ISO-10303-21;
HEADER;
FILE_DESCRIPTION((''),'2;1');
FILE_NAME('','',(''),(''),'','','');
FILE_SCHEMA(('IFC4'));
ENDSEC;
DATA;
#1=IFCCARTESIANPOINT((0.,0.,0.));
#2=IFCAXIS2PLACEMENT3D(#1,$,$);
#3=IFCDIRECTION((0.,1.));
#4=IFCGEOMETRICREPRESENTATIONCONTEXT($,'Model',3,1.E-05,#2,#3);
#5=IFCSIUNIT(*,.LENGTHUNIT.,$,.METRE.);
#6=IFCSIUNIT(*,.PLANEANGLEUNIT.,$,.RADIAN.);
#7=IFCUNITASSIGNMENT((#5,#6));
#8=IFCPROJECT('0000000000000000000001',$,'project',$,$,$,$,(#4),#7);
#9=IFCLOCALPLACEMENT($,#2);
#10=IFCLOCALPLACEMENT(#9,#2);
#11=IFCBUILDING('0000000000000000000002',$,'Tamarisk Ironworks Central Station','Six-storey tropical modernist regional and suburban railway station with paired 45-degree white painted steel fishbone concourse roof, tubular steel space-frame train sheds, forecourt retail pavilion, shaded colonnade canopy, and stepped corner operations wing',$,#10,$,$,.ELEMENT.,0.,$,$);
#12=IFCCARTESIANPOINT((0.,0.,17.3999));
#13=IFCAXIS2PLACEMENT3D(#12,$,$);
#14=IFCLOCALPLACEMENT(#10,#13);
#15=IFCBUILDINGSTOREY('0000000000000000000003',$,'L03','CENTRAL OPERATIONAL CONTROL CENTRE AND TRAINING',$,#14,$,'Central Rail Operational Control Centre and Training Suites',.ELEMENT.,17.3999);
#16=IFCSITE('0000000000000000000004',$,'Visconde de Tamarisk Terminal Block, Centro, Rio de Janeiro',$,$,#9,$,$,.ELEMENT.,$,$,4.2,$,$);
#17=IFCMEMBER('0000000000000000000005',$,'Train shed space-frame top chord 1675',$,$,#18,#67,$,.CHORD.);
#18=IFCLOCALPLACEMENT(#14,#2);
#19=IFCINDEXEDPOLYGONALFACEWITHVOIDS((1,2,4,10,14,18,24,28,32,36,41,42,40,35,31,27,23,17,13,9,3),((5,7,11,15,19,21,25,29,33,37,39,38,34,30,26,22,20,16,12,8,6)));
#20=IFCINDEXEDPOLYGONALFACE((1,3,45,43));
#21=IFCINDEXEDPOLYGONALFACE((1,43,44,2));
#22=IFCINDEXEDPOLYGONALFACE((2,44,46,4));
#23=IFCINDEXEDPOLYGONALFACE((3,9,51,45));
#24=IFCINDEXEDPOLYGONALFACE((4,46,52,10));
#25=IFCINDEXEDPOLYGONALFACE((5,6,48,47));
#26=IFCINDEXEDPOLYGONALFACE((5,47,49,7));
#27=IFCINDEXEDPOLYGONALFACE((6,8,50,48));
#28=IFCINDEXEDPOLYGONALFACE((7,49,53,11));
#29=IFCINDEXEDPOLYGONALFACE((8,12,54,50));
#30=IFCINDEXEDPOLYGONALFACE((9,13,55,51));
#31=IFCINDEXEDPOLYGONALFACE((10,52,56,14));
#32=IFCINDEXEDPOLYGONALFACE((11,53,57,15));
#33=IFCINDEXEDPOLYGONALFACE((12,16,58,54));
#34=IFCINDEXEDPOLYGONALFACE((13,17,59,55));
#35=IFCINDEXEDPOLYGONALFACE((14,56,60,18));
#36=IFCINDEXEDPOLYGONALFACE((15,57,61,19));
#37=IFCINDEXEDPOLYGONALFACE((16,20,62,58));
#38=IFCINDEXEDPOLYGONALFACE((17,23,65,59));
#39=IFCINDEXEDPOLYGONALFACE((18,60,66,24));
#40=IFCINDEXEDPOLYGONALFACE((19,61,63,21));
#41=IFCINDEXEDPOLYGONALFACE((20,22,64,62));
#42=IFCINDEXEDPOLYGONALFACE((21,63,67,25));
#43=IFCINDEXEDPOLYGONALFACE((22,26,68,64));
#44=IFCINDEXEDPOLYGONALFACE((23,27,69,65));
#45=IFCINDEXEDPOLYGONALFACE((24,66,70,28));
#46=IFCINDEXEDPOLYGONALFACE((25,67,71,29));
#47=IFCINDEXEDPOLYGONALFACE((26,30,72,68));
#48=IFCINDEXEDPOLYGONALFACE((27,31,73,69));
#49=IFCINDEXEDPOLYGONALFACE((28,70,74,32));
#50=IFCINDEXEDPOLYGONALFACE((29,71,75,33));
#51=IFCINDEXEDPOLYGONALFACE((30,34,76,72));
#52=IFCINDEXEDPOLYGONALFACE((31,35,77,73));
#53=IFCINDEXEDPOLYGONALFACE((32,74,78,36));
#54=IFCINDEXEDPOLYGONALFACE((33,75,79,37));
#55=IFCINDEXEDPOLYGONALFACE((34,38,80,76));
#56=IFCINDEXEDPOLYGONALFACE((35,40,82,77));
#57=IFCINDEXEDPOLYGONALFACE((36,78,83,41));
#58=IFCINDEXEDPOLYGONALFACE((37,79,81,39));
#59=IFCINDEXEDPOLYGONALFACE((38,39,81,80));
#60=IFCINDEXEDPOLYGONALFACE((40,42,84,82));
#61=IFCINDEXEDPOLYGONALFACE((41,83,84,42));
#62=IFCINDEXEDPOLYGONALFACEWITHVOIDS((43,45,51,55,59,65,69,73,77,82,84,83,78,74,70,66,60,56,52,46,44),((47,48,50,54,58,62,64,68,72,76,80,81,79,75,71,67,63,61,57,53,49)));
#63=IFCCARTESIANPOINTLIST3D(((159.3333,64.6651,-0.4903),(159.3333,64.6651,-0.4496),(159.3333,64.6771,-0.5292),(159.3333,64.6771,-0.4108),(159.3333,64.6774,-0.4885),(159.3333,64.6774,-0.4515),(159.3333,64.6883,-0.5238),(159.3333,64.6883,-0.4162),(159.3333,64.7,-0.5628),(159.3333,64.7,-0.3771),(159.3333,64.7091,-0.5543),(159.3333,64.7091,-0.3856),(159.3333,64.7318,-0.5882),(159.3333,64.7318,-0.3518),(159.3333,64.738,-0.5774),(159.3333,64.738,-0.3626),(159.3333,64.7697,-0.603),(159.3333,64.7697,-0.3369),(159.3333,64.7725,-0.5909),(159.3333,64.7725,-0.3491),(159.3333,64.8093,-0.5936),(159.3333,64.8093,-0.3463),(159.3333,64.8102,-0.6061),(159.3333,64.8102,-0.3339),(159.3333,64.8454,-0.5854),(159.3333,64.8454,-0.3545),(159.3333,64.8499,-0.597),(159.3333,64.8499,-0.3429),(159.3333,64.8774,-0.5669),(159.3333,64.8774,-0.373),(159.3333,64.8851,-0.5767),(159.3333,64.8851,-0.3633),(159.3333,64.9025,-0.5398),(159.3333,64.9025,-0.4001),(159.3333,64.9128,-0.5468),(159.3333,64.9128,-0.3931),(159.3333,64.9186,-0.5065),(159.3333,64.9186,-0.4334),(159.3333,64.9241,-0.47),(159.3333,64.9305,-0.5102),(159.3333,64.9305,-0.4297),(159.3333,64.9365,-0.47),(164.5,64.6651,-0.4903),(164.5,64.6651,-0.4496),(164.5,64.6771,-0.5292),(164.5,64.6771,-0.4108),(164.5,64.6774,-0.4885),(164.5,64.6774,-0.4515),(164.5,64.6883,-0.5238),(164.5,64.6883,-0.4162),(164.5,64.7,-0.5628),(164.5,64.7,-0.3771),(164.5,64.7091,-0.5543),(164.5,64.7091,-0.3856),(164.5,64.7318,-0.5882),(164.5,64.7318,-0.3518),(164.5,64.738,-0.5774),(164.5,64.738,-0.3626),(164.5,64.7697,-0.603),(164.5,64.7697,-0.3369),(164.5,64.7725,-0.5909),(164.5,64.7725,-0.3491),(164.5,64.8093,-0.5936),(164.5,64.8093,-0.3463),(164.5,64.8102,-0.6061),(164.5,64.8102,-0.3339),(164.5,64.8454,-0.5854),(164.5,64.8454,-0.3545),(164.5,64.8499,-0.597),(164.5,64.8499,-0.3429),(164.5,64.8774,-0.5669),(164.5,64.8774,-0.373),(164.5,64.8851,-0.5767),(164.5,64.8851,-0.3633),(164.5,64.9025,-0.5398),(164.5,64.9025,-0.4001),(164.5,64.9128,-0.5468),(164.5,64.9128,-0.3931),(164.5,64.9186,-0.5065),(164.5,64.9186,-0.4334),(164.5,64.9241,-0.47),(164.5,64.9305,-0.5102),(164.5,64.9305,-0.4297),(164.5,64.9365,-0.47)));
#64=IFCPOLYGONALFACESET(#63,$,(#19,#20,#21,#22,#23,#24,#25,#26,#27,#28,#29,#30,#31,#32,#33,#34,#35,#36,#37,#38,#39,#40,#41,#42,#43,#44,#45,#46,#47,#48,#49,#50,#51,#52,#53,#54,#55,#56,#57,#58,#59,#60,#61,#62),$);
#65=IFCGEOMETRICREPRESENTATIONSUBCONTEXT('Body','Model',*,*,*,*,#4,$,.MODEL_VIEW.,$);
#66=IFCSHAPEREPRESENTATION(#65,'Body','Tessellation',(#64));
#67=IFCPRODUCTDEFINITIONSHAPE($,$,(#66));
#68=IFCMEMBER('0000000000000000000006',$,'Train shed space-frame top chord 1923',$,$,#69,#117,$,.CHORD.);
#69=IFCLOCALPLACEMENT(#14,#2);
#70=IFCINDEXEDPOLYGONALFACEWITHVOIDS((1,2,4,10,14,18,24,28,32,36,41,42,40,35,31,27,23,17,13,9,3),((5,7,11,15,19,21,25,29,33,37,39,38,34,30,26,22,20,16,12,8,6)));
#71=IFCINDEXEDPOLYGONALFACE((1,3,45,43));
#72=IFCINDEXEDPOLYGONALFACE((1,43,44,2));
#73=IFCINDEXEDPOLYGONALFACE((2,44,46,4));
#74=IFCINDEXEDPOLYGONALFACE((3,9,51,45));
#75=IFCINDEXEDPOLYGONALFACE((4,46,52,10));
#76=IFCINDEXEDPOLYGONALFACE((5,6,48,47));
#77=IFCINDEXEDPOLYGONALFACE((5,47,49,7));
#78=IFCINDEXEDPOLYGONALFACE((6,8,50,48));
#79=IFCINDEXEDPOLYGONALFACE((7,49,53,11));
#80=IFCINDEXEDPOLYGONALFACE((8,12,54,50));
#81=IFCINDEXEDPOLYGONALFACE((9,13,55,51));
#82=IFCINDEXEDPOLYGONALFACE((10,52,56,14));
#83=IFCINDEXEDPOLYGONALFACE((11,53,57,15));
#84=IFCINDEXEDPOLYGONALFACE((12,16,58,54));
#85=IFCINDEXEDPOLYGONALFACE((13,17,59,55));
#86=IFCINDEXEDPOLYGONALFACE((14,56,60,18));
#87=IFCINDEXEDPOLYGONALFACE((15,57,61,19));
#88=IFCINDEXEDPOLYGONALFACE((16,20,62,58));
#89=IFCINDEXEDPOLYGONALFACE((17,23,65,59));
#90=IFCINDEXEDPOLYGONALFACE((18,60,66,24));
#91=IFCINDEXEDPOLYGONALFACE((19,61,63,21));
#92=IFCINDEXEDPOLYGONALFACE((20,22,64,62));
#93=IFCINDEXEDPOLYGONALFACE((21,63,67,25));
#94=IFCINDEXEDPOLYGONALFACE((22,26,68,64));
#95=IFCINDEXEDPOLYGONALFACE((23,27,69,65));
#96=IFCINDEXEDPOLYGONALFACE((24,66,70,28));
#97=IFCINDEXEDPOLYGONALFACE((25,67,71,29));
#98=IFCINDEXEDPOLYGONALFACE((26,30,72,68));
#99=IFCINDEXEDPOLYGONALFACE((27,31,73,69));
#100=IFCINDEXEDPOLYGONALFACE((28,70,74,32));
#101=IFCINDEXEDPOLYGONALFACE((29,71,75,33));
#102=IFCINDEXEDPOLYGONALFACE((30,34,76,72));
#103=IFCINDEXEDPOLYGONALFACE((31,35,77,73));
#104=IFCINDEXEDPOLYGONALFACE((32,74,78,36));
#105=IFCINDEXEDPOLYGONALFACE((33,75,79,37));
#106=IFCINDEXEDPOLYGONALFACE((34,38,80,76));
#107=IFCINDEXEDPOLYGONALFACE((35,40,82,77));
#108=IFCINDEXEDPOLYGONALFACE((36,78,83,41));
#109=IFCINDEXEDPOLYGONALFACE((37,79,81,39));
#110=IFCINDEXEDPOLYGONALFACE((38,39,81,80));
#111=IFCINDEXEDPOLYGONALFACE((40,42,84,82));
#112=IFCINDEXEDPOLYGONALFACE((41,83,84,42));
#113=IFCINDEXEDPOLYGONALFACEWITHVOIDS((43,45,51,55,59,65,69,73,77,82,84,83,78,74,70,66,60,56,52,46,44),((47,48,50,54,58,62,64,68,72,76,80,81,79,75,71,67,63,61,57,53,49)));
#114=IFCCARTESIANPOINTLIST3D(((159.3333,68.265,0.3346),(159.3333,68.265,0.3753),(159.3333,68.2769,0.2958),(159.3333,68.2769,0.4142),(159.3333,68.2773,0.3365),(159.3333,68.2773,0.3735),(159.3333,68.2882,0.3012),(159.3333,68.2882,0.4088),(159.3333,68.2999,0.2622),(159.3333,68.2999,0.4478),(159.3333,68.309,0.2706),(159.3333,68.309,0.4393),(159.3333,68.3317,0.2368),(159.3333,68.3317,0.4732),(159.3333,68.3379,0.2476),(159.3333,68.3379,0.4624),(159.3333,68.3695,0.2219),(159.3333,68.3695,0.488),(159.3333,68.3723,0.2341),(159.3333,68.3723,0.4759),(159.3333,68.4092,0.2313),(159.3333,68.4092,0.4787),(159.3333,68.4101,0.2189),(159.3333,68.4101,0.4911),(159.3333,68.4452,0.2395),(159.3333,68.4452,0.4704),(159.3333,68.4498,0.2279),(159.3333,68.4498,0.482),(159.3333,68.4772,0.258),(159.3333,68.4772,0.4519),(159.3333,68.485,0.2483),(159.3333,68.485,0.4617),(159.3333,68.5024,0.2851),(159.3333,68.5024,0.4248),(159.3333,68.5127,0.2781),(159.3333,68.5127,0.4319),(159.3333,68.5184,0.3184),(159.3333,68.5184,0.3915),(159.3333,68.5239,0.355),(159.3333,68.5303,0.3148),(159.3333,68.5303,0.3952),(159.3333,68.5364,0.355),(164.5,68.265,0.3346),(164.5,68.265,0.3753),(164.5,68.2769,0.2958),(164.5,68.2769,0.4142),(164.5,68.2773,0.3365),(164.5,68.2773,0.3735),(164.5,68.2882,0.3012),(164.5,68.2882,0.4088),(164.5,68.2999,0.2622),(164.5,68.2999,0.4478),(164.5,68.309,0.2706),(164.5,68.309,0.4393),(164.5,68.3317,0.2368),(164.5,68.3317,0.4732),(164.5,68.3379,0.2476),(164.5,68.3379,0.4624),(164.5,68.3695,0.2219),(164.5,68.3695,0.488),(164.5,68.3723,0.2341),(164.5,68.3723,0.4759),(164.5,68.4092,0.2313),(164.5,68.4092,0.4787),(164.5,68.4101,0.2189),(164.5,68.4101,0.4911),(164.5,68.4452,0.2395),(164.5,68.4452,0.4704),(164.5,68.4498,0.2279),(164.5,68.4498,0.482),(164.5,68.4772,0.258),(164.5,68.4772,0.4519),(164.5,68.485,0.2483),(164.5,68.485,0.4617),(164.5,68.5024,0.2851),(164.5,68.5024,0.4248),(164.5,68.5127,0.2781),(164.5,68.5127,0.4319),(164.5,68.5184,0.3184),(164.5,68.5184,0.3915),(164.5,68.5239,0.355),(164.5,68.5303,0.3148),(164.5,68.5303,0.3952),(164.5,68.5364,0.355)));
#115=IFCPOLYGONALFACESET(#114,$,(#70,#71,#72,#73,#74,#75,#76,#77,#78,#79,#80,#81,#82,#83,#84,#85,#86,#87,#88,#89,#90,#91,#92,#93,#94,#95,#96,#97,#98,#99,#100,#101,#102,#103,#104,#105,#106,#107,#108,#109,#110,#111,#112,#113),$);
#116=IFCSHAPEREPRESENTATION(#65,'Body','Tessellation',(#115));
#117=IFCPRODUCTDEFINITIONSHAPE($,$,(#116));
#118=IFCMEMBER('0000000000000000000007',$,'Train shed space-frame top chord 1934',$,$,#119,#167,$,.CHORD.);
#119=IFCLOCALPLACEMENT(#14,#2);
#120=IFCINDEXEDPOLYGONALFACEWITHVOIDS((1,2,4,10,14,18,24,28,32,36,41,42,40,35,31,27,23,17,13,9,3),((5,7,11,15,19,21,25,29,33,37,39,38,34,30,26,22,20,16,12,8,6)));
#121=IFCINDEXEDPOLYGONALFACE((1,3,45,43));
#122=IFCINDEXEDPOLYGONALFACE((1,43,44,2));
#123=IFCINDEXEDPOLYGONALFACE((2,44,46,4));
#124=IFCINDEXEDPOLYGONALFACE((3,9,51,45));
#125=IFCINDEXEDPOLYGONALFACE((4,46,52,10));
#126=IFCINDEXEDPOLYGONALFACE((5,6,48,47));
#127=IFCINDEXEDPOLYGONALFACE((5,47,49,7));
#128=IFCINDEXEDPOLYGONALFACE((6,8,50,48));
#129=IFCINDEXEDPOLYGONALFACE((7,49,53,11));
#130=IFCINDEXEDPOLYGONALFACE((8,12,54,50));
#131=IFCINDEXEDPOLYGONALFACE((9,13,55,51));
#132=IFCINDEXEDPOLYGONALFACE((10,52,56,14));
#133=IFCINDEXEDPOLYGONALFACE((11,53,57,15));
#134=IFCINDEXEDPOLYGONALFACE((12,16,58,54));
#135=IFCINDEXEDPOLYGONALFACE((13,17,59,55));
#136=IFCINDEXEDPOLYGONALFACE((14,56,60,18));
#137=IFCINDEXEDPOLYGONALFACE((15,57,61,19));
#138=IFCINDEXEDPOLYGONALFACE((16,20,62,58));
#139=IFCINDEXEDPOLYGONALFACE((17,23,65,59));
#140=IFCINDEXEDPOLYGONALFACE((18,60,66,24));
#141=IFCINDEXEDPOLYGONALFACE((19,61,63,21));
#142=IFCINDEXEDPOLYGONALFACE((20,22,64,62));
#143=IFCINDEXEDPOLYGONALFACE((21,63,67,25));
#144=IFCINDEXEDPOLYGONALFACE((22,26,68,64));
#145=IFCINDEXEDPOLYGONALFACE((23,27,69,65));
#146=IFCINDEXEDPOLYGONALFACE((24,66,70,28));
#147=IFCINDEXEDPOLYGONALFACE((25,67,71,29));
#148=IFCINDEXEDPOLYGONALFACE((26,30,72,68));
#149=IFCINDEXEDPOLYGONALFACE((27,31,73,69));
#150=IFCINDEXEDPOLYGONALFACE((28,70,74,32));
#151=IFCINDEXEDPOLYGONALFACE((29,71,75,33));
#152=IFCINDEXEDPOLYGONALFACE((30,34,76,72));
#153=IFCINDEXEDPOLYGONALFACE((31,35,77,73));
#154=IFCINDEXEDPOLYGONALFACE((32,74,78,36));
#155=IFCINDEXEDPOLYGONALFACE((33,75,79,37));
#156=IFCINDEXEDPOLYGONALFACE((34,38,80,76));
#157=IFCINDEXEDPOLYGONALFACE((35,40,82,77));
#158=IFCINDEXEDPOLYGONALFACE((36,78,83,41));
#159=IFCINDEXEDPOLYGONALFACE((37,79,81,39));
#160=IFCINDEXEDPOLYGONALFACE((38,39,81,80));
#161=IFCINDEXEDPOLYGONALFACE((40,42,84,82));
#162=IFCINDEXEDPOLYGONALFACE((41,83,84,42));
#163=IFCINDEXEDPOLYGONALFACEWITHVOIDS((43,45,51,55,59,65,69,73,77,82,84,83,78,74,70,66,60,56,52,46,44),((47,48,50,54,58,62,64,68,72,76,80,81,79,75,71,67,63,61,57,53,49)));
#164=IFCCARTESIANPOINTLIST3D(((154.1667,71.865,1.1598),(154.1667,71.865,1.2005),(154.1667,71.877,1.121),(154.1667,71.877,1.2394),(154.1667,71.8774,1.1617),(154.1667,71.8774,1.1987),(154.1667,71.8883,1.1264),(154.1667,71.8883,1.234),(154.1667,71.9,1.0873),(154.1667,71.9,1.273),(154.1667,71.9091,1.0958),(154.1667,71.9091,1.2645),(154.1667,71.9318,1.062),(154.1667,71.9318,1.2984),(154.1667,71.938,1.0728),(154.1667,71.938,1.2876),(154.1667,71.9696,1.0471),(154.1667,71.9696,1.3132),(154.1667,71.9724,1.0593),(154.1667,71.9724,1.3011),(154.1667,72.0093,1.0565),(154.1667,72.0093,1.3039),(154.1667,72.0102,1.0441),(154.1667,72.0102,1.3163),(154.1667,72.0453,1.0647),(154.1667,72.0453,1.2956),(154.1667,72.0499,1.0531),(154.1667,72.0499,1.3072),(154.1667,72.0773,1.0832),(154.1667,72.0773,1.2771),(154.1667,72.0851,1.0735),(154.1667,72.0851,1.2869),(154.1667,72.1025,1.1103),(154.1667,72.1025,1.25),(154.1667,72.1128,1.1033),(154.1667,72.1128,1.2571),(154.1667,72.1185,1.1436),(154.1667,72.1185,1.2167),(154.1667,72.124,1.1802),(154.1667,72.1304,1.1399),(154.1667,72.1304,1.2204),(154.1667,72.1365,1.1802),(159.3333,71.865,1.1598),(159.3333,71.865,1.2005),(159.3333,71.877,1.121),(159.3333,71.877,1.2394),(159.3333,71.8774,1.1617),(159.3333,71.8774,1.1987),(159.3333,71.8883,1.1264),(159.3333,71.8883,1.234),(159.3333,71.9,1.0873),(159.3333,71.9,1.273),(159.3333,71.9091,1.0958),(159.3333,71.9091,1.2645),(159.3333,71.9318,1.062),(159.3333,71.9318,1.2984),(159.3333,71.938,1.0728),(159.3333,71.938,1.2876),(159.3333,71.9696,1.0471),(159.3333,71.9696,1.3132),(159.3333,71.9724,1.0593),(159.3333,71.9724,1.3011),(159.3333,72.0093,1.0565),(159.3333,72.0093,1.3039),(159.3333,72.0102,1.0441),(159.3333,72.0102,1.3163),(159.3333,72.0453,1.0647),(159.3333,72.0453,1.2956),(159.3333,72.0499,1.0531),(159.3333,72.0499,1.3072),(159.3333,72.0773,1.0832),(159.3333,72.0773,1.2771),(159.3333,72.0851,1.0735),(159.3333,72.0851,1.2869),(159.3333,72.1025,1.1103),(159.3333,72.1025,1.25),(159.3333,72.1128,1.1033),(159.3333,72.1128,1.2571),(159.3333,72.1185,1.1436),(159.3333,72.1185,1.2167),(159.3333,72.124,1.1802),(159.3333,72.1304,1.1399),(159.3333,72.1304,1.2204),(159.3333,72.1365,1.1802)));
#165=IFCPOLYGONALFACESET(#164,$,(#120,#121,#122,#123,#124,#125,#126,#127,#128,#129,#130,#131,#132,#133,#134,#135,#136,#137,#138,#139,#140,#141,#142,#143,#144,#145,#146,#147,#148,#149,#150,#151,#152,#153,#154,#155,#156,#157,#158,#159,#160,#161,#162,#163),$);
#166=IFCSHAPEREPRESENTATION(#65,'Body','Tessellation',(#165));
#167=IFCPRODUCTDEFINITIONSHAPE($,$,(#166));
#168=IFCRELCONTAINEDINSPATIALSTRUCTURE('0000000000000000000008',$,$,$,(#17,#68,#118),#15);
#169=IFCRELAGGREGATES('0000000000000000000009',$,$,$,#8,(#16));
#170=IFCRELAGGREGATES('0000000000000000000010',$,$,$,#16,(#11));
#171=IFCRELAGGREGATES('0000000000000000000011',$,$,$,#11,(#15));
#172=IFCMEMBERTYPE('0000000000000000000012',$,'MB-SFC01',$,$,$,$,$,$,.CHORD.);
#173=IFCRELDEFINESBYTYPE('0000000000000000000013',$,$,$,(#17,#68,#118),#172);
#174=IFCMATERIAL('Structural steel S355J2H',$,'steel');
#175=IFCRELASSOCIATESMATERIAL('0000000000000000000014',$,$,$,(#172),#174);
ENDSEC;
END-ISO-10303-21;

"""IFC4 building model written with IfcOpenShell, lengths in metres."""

from ifc_helpers import new_model, si_unit, direction, frame, origin, origin_2d, place, context, subcontext, project, spatial, hollow_circle, extrude, material, material_profile, profile_set, type_object, element, save


model = new_model("IFC4")

# Units and contexts
model_context = context("Model", 3, precision=1e-05, world=origin(), true_north=direction((0.0, 1.0)))
body_context = subcontext(model_context, "Body", "Model", "MODEL_VIEW")
ifc_project = project(units=[si_unit("LENGTHUNIT", "METRE"), si_unit("PLANEANGLEUNIT", "RADIAN")], contexts=[model_context])

# Site, building, storey
site_placement = place(None, origin())
site = spatial("IfcSite", under=ifc_project, at=site_placement, Name="Visconde de Tamarisk Terminal Block, Centro, Rio de Janeiro", CompositionType="ELEMENT", RefElevation=4.2)
building_placement = place(site_placement, origin())
building = spatial("IfcBuilding", under=site, at=building_placement, Name="Tamarisk Ironworks Central Station", Description="Six-storey tropical modernist regional and suburban railway station with paired 45-degree white painted steel fishbone concourse roof, tubular steel space-frame train sheds, forecourt retail pavilion, shaded colonnade canopy, and stepped corner operations wing", CompositionType="ELEMENT", ElevationOfRefHeight=0.0)
storey_placement = place(building_placement, frame((0.0, 0.0, 17.3999)))
storey = spatial("IfcBuildingStorey", under=building, at=storey_placement, Name="L03", Description="CENTRAL OPERATIONAL CONTROL CENTRE AND TRAINING", LongName="Central Rail Operational Control Centre and Training Suites", CompositionType="ELEMENT", Elevation=17.3999)

# Members
ifc_material = material(Name="Structural steel S355J2H", Category="steel")
ifc_material_profile_1 = material_profile(ifc_material, hollow_circle(Radius=0.1365, WallThickness=0.0125, at=origin_2d()), Name="CHS 273x12.5")
ifc_profile_set_1 = profile_set([ifc_material_profile_1], Name="Structural steel S355J2H")
member_type_1 = type_object("IfcMemberType", Name="MB-SFC01", PredefinedType="CHORD", material=ifc_profile_set_1)
for number, where, z_axis, x_axis, name in (
    (1, (159.3333, 64.8, -0.47), (1.0, 0.0, 0.0), (0.0, 1.0, 0.0), "Train shed space-frame top chord 1675"),
    (2, (159.3333, 68.3999, 0.355), (1.0, 0.0, 0.0), (0.0, 1.0, 0.0), "Train shed space-frame top chord 1923"),
):
    element("IfcMember", number, at=place(storey_placement, frame(where, z_axis=z_axis, x_axis=x_axis)), inside=storey, type_object=member_type_1, Name=name, PredefinedType="CHORD", context=body_context, shape_type="SweptSolid", body=[
        extrude(hollow_circle(Radius=0.1365, WallThickness=0.0125, at=origin_2d()), origin(), (0.0, 0.0, 1.0), 5.1667),
    ])
member_1_placement = place(storey_placement, frame((154.1667, 72.0, 1.1802), z_axis=(1.0, 0.0, 0.0), x_axis=(0.0, 1.0, 0.0)))
element("IfcMember", 3, at=member_1_placement, inside=storey, type_object=member_type_1, Name="Train shed space-frame top chord 1934", PredefinedType="CHORD", context=body_context, shape_type="SweptSolid", body=[
    extrude(hollow_circle(Radius=0.1365, WallThickness=0.0125, at=origin_2d()), origin(), (0.0, 0.0, 1.0), 5.1665),
])

save(model, "model.ifc")
